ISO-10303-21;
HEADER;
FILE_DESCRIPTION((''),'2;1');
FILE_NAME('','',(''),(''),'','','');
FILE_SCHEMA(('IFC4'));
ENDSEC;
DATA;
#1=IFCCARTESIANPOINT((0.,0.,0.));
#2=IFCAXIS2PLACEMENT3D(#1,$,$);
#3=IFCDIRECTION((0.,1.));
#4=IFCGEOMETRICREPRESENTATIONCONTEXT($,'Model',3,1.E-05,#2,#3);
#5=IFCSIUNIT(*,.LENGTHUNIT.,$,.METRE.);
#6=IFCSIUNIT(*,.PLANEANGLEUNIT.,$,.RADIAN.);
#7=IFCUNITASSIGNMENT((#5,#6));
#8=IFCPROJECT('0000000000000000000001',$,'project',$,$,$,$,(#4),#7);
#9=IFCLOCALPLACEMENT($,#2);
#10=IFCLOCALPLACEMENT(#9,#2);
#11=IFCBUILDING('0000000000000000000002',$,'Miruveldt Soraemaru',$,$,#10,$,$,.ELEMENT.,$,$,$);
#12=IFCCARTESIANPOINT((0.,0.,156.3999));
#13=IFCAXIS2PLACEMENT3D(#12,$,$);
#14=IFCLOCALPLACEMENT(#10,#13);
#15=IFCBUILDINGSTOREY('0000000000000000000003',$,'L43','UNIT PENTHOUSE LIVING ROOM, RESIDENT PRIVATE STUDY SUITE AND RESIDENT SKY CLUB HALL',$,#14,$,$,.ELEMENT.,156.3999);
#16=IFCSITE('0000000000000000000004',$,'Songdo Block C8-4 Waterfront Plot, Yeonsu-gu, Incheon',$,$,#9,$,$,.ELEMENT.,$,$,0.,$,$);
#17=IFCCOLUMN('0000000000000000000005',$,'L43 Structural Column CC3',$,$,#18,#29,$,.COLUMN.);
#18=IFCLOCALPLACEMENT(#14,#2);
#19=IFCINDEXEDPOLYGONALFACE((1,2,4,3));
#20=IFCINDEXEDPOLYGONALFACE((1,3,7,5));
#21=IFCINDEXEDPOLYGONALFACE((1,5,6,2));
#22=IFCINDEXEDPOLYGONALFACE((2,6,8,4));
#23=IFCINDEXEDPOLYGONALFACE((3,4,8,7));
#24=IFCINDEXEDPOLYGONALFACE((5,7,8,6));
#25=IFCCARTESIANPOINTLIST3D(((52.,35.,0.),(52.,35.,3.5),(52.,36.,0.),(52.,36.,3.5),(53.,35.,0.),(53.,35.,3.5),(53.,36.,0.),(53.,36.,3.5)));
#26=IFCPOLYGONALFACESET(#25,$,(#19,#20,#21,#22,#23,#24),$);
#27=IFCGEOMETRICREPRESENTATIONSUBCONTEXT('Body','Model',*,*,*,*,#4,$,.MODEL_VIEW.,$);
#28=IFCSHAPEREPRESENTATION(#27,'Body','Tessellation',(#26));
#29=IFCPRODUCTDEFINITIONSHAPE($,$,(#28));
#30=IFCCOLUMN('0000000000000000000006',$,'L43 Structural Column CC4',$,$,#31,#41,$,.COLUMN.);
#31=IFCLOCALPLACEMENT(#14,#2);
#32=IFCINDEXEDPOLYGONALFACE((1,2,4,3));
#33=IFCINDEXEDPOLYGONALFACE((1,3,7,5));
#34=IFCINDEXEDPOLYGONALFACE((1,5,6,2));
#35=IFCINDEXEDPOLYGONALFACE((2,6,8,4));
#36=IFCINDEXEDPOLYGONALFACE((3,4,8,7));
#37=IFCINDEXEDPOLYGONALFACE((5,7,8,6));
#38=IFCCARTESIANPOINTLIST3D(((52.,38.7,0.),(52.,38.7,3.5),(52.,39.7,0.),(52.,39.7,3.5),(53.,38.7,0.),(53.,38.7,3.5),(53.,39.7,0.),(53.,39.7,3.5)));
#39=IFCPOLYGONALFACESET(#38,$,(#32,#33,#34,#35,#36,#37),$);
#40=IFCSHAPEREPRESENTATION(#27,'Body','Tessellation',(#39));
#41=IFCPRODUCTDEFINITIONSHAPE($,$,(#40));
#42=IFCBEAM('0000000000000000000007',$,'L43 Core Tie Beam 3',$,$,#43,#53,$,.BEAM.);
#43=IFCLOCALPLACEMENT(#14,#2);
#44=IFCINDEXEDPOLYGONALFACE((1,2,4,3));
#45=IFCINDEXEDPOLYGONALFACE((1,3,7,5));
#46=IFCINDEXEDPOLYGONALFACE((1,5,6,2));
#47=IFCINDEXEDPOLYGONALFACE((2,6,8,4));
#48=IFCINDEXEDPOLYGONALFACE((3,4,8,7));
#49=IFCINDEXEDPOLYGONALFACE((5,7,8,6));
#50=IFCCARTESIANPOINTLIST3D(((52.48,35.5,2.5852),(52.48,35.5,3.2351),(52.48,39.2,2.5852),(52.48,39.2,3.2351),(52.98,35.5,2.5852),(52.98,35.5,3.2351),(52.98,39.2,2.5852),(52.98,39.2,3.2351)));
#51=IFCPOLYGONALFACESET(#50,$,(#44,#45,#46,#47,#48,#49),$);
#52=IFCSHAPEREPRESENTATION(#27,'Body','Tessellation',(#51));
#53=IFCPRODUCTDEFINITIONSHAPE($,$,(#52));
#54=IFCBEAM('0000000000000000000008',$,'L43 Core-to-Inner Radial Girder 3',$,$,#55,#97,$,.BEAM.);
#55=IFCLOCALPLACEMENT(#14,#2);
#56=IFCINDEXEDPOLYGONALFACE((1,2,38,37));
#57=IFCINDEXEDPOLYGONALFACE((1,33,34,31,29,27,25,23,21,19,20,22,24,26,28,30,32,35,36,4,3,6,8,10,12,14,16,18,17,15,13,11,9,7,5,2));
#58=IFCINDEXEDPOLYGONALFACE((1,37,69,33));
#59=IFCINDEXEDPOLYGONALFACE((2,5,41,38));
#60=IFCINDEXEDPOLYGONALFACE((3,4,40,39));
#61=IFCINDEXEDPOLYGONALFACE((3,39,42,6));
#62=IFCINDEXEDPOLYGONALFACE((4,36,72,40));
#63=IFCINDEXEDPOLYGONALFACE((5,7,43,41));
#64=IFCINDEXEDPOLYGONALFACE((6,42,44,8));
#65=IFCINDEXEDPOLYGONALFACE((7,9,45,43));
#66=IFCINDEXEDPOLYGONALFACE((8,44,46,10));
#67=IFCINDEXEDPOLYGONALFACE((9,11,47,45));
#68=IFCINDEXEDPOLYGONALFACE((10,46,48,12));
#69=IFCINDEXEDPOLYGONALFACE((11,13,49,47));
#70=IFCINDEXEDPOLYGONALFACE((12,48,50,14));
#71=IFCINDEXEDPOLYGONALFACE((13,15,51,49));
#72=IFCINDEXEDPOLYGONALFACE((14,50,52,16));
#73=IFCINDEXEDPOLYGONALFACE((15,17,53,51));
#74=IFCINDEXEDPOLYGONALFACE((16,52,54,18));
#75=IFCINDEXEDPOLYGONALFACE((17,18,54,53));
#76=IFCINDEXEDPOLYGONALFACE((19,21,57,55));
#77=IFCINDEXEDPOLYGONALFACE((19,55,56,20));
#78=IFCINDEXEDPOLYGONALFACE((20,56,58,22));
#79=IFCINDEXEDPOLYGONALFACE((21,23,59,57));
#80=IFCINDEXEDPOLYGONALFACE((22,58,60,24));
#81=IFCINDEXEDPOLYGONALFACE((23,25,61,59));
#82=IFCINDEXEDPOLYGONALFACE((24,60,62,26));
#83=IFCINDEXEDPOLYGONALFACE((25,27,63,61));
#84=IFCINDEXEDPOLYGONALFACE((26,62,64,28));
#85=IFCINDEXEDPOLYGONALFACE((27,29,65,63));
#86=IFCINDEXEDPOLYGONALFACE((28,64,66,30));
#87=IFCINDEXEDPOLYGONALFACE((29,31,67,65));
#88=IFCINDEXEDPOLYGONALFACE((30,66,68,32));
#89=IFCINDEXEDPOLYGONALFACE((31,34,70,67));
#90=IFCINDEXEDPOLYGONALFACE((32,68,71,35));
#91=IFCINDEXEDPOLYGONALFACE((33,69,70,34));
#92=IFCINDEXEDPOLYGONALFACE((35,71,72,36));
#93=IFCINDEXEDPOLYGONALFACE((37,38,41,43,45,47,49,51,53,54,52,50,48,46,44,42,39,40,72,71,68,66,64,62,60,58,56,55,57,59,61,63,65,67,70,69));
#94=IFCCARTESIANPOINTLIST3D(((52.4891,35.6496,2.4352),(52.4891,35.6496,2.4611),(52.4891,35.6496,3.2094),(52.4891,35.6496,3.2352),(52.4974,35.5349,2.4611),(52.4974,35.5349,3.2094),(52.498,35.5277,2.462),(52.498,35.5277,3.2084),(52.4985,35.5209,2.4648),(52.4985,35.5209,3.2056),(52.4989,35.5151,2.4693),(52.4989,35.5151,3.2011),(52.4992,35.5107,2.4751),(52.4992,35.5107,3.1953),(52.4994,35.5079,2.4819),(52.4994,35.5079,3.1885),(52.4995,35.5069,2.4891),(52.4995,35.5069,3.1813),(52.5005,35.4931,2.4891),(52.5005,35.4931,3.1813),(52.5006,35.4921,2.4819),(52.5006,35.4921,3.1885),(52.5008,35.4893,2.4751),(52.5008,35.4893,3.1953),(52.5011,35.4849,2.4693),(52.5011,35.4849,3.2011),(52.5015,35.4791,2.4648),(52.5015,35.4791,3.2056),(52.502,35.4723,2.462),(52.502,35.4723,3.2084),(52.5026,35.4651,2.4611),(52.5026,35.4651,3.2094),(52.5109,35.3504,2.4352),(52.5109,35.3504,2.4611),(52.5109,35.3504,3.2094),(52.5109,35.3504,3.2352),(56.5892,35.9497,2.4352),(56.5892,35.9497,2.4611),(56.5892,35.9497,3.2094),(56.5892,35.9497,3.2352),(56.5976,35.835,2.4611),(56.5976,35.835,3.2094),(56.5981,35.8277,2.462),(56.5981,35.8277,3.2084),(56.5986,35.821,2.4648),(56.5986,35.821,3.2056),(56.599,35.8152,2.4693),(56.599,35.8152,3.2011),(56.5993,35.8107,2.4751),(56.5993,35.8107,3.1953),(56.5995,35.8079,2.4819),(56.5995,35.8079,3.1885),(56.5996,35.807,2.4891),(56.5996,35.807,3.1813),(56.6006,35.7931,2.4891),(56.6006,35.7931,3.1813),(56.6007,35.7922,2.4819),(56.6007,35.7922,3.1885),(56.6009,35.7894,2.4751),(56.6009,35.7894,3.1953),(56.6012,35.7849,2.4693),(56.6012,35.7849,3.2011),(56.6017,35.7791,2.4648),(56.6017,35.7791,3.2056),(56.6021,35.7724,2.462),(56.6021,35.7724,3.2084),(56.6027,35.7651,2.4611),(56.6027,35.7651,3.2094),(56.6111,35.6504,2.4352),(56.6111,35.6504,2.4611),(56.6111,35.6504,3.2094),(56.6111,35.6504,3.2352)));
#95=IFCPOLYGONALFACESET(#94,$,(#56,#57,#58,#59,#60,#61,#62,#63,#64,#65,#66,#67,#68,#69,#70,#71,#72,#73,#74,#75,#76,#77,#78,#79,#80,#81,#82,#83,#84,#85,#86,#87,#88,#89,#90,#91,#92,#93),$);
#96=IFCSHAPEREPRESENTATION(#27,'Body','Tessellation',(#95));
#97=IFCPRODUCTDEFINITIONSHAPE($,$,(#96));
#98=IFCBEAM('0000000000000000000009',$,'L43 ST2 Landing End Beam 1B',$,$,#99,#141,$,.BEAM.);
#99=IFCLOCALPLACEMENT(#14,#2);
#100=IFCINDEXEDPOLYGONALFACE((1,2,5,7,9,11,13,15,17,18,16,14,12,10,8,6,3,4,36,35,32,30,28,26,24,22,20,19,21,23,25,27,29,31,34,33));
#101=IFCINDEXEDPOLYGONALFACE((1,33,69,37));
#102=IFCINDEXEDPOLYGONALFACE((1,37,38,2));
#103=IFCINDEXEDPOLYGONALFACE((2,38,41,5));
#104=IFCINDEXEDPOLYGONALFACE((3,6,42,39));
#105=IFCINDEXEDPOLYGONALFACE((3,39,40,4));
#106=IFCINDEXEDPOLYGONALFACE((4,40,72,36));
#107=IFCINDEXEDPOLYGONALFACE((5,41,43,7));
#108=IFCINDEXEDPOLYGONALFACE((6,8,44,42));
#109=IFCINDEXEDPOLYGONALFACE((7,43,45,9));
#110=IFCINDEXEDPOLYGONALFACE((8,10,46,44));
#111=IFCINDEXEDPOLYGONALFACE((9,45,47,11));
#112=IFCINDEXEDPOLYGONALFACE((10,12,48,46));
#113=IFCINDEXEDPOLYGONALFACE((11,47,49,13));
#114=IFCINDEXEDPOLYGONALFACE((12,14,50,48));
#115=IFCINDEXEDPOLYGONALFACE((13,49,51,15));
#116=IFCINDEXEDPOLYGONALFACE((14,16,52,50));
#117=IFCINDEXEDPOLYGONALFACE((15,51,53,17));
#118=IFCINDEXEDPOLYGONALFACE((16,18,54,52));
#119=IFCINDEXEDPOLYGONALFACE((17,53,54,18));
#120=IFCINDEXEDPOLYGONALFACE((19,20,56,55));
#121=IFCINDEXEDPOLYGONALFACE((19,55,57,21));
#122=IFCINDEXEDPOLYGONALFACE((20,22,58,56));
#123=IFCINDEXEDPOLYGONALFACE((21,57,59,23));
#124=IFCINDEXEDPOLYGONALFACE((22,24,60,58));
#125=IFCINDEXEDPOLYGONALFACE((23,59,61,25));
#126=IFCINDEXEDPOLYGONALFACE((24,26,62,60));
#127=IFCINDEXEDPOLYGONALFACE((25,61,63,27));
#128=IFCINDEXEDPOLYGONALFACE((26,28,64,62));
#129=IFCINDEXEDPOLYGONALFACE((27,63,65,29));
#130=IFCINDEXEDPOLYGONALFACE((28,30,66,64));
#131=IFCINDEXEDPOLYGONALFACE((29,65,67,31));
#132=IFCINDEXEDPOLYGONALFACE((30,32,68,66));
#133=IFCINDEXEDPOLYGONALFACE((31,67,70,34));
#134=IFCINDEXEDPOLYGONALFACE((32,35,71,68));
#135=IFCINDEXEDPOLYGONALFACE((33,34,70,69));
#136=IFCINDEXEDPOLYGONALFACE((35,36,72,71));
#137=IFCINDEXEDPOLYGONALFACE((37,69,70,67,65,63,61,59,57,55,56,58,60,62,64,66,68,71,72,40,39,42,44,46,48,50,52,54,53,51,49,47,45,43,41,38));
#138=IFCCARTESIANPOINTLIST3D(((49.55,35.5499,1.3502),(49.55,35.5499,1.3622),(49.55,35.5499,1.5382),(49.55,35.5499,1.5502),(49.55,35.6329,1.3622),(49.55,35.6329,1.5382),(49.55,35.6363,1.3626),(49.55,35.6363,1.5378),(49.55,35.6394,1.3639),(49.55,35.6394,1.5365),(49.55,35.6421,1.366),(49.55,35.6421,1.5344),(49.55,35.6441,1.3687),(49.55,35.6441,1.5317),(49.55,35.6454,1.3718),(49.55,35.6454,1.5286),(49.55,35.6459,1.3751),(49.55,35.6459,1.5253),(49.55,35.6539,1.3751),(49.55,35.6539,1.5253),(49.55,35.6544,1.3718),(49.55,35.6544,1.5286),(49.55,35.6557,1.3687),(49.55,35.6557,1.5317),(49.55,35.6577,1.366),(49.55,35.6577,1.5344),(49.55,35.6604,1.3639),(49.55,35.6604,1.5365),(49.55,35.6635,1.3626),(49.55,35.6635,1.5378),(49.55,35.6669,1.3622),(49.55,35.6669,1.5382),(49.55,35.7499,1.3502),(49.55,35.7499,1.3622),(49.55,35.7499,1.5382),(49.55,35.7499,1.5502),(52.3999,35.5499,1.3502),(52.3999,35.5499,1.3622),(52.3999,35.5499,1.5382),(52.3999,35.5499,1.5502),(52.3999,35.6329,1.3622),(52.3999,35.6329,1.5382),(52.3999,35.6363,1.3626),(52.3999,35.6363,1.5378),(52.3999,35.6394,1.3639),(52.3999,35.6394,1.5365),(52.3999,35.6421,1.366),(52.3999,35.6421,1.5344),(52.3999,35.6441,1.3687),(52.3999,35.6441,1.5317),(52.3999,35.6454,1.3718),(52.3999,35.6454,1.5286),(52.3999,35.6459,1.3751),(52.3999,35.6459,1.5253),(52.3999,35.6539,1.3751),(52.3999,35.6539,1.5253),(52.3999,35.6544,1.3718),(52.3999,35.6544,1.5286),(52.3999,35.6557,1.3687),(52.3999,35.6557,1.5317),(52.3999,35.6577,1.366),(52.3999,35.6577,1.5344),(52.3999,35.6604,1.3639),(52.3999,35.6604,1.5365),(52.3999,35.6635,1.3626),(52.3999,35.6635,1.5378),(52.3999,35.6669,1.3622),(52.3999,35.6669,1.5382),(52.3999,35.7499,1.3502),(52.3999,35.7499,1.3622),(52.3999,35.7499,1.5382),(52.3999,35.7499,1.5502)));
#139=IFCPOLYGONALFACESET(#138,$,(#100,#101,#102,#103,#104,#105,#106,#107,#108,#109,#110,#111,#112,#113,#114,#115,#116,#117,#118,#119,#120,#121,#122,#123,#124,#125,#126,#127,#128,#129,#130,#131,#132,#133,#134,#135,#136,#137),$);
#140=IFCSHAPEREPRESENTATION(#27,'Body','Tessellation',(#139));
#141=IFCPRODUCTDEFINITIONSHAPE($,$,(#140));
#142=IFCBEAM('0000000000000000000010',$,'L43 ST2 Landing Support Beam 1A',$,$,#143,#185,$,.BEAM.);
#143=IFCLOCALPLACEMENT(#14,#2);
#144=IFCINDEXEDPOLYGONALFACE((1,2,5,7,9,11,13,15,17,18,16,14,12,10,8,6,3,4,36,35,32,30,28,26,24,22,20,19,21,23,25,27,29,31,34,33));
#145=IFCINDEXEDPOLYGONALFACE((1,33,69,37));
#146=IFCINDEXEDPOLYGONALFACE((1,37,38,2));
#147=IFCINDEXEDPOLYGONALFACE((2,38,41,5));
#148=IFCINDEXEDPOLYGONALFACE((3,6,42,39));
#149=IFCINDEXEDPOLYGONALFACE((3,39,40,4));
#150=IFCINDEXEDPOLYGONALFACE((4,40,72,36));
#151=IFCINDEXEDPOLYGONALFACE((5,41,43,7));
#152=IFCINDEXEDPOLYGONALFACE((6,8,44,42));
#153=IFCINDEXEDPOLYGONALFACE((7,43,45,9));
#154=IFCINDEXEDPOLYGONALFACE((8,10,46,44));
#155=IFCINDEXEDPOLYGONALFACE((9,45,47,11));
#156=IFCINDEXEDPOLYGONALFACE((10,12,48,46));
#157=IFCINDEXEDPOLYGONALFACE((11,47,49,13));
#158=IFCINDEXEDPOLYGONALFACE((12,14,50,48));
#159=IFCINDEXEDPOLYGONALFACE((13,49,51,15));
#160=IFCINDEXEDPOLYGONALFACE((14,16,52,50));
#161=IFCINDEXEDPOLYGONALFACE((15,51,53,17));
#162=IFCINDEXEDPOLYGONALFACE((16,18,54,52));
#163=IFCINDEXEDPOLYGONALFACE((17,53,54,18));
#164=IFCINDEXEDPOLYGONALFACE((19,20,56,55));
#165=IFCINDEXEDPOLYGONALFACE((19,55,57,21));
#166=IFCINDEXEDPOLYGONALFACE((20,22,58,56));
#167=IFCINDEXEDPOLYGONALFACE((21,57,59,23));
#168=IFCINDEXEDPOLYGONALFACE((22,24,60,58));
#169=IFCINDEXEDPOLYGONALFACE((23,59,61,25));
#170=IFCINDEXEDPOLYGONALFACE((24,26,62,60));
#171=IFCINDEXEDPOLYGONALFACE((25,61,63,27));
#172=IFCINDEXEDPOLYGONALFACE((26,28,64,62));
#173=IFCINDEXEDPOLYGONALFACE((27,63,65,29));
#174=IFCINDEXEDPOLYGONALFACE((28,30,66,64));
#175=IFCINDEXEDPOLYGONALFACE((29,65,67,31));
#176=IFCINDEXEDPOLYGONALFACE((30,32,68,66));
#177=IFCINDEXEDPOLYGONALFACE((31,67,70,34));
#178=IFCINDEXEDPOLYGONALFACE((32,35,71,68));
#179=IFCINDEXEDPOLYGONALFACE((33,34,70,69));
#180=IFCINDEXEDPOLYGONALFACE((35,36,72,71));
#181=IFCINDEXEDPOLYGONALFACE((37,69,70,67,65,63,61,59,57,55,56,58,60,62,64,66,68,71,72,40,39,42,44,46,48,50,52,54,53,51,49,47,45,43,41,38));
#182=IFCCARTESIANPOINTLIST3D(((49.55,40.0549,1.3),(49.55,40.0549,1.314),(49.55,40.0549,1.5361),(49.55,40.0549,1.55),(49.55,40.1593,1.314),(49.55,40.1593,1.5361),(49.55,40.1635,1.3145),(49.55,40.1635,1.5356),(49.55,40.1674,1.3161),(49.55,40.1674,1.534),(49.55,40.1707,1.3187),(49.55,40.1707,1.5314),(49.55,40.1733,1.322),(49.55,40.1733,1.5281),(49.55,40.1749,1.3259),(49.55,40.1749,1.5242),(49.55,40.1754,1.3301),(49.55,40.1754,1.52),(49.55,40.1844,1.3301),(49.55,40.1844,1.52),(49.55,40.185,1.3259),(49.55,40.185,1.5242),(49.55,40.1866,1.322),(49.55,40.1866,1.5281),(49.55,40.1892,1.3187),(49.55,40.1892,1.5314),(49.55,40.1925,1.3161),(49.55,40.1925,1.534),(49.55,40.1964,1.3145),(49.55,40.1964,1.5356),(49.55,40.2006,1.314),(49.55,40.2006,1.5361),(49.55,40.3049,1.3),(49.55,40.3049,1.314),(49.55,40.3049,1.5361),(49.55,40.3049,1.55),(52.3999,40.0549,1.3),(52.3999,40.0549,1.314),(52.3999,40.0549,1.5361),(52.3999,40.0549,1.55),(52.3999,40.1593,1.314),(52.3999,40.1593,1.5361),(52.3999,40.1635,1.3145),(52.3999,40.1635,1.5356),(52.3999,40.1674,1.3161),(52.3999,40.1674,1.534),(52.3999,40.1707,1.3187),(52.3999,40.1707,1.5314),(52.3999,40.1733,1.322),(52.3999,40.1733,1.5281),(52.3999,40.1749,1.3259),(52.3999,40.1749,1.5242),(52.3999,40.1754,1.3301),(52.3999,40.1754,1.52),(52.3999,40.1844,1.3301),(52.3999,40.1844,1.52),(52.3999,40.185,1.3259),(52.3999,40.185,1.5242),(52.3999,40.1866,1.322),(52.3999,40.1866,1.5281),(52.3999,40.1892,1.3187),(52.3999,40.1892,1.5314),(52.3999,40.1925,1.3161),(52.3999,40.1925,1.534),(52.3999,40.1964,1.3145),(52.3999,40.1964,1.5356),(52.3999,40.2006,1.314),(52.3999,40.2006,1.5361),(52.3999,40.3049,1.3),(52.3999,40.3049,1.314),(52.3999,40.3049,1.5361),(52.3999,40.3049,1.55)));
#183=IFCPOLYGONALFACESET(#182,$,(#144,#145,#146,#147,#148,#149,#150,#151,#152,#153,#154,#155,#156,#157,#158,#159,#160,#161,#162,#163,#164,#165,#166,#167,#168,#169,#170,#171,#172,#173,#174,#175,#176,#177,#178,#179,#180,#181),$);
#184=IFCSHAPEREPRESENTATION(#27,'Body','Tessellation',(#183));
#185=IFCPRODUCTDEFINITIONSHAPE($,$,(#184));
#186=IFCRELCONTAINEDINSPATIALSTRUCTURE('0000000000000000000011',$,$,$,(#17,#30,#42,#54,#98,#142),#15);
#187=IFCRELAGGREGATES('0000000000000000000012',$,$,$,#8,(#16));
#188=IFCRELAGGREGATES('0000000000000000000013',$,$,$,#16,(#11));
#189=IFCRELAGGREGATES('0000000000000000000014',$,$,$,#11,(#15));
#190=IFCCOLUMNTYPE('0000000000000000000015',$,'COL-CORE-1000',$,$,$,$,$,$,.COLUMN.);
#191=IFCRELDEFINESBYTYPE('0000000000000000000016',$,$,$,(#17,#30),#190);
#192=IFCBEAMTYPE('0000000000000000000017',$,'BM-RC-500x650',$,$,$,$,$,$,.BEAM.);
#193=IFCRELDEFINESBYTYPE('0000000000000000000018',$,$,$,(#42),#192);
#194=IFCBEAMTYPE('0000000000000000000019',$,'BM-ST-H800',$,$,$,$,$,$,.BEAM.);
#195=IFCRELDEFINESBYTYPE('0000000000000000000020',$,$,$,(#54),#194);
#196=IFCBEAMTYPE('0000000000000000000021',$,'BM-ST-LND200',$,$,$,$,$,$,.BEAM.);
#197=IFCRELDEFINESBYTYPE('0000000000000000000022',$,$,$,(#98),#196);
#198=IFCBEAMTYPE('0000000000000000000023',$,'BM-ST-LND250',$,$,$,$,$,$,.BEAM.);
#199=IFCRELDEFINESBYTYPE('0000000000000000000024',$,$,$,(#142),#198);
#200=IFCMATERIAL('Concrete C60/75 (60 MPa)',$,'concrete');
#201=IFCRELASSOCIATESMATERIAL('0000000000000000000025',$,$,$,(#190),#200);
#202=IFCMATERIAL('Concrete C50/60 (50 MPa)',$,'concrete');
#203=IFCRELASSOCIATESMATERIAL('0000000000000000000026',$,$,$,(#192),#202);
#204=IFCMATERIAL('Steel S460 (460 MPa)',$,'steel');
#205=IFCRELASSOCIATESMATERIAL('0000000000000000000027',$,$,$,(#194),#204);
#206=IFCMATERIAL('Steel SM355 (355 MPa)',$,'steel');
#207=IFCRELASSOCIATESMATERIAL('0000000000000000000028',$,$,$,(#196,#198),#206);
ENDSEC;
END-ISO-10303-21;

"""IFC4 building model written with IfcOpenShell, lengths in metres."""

from ifc_helpers import new_model, si_unit, direction, frame, origin, origin_2d, place, context, subcontext, project, spatial, rectangle, i_section, extrude, material, material_profile, profile_set, type_object, element, save


model = new_model("IFC4")

# Units and contexts
model_context = context("Model", 3, precision=1e-05, world=origin(), true_north=direction((0.0, 1.0)))
body_context = subcontext(model_context, "Body", "Model", "MODEL_VIEW")
ifc_project = project(units=[si_unit("LENGTHUNIT", "METRE"), si_unit("PLANEANGLEUNIT", "RADIAN")], contexts=[model_context])

# Site, building, storey
site_placement = place(None, origin())
site = spatial("IfcSite", under=ifc_project, at=site_placement, Name="Songdo Block C8-4 Waterfront Plot, Yeonsu-gu, Incheon", CompositionType="ELEMENT", RefElevation=0.0)
building_placement = place(site_placement, origin())
building = spatial("IfcBuilding", under=site, at=building_placement, Name="Miruveldt Soraemaru", CompositionType="ELEMENT")
storey_placement = place(building_placement, frame((0.0, 0.0, 156.3999)))
storey = spatial("IfcBuildingStorey", under=building, at=storey_placement, Name="L43", Description="UNIT PENTHOUSE LIVING ROOM, RESIDENT PRIVATE STUDY SUITE AND RESIDENT SKY CLUB HALL", CompositionType="ELEMENT", Elevation=156.3999)

# Columns
ifc_material_1 = material(Name="Concrete C60/75 (60 MPa)", Category="concrete")
ifc_material_profile_1 = material_profile(ifc_material_1, rectangle(XDim=1.0, YDim=1.0, at=origin_2d()), Name="Concrete C60/75 (60 MPa)", Category="concrete")
ifc_profile_set_1 = profile_set([ifc_material_profile_1], Name="Concrete C60/75 (60 MPa)")
column_type = type_object("IfcColumnType", Name="COL-CORE-1000", PredefinedType="COLUMN", material=ifc_profile_set_1)
for number, where, z_axis, x_axis, name in (
    (1, (52.5, 35.5, 0.0), (0.0, 0.0, 1.0), (1.0, 0.0, 0.0), "L43 Structural Column CC3"),
    (2, (52.5, 39.2, 0.0), (0.0, 0.0, 1.0), (1.0, 0.0, 0.0), "L43 Structural Column CC4"),
):
    element("IfcColumn", number, at=place(storey_placement, frame(where, z_axis=z_axis, x_axis=x_axis)), inside=storey, type_object=column_type, Name=name, PredefinedType="COLUMN", context=body_context, shape_type="SweptSolid", body=[
        extrude(rectangle(XDim=1.0, YDim=1.0, at=origin_2d()), origin(), (0.0, 0.0, 1.0), 3.5),
    ])

# Beams
ifc_material_2 = material(Name="Concrete C50/60 (50 MPa)", Category="concrete")
ifc_material_profile_2 = material_profile(ifc_material_2, rectangle(XDim=0.5, YDim=0.6499, at=origin_2d()), Name="Concrete C50/60 (50 MPa)", Category="concrete")
ifc_profile_set_2 = profile_set([ifc_material_profile_2], Name="Concrete C50/60 (50 MPa)")
beam_type_1 = type_object("IfcBeamType", Name="BM-RC-500x650", PredefinedType="BEAM", material=ifc_profile_set_2)
beam_1_placement = place(storey_placement, frame((52.73, 35.5, 2.9102), z_axis=(0.0, 1.0, 0.0), x_axis=(-1.0, 0.0, 0.0)))
element("IfcBeam", 3, at=beam_1_placement, inside=storey, type_object=beam_type_1, Name="L43 Core Tie Beam 3", PredefinedType="BEAM", context=body_context, shape_type="SweptSolid", body=[
    extrude(rectangle(XDim=0.5, YDim=0.6499, at=origin_2d()), origin(), (0.0, 0.0, 1.0), 3.7),
])
ifc_material_3 = material(Name="Steel S460 (460 MPa)", Category="steel")
ifc_material_profile_3 = material_profile(ifc_material_3, i_section(OverallWidth=0.3, OverallDepth=0.8, WebThickness=0.0139, FlangeThickness=0.0259, FilletRadius=0.0281, at=origin_2d()), Name="Steel S460 (460 MPa)", Category="steel")
ifc_profile_set_3 = profile_set([ifc_material_profile_3], Name="Steel S460 (460 MPa)")
beam_type_2 = type_object("IfcBeamType", Name="BM-ST-H800", PredefinedType="BEAM", material=ifc_profile_set_3)
beam_2_placement = place(storey_placement, frame((52.5, 35.5, 2.8352), z_axis=(0.997333, 0.072986, 0.0), x_axis=(-0.072986, 0.997333, 0.0)))
element("IfcBeam", 4, at=beam_2_placement, inside=storey, type_object=beam_type_2, Name="L43 Core-to-Inner Radial Girder 3", PredefinedType="BEAM", context=body_context, shape_type="SweptSolid", body=[
    extrude(i_section(OverallWidth=0.3, OverallDepth=0.8, WebThickness=0.0139, FlangeThickness=0.0259, FilletRadius=0.0281, at=origin_2d()), origin(), (0.0, 0.0, 1.0), 4.1111),
])
ifc_material_4 = material(Name="Steel SM355 (355 MPa)", Category="steel")
ifc_material_profile_4 = material_profile(ifc_material_4, i_section(OverallWidth=0.2, OverallDepth=0.2, WebThickness=0.0081, FlangeThickness=0.012, FilletRadius=0.0129, at=origin_2d()), Name="Steel SM355 (355 MPa)", Category="steel")
ifc_profile_set_4 = profile_set([ifc_material_profile_4], Name="Steel SM355 (355 MPa)")
beam_type_3 = type_object("IfcBeamType", Name="BM-ST-LND200", PredefinedType="BEAM", material=ifc_profile_set_4)
beam_3_placement = place(storey_placement, frame((49.55, 35.6499, 1.4502), z_axis=(1.0, 0.0, 0.0), x_axis=(0.0, 1.0, 0.0)))
element("IfcBeam", 5, at=beam_3_placement, inside=storey, type_object=beam_type_3, Name="L43 ST2 Landing End Beam 1B", PredefinedType="BEAM", context=body_context, shape_type="SweptSolid", body=[
    extrude(i_section(OverallWidth=0.2, OverallDepth=0.2, WebThickness=0.0081, FlangeThickness=0.012, FilletRadius=0.0129, at=origin_2d()), origin(), (0.0, 0.0, 1.0), 2.8499),
])
ifc_material_profile_5 = material_profile(ifc_material_4, i_section(OverallWidth=0.25, OverallDepth=0.25, WebThickness=0.009, FlangeThickness=0.0139, FilletRadius=0.0161, at=origin_2d()), Name="Steel SM355 (355 MPa)", Category="steel")
ifc_profile_set_5 = profile_set([ifc_material_profile_5], Name="Steel SM355 (355 MPa)")
beam_type_4 = type_object("IfcBeamType", Name="BM-ST-LND250", PredefinedType="BEAM", material=ifc_profile_set_5)
beam_4_placement = place(storey_placement, frame((49.55, 40.1799, 1.425), z_axis=(1.0, 0.0, 0.0), x_axis=(0.0, 1.0, 0.0)))
element("IfcBeam", 6, at=beam_4_placement, inside=storey, type_object=beam_type_4, Name="L43 ST2 Landing Support Beam 1A", PredefinedType="BEAM", context=body_context, shape_type="SweptSolid", body=[
    extrude(i_section(OverallWidth=0.25, OverallDepth=0.25, WebThickness=0.009, FlangeThickness=0.0139, FilletRadius=0.0161, at=origin_2d()), origin(), (0.0, 0.0, 1.0), 2.8499),
])

save(model, "model.ifc")
